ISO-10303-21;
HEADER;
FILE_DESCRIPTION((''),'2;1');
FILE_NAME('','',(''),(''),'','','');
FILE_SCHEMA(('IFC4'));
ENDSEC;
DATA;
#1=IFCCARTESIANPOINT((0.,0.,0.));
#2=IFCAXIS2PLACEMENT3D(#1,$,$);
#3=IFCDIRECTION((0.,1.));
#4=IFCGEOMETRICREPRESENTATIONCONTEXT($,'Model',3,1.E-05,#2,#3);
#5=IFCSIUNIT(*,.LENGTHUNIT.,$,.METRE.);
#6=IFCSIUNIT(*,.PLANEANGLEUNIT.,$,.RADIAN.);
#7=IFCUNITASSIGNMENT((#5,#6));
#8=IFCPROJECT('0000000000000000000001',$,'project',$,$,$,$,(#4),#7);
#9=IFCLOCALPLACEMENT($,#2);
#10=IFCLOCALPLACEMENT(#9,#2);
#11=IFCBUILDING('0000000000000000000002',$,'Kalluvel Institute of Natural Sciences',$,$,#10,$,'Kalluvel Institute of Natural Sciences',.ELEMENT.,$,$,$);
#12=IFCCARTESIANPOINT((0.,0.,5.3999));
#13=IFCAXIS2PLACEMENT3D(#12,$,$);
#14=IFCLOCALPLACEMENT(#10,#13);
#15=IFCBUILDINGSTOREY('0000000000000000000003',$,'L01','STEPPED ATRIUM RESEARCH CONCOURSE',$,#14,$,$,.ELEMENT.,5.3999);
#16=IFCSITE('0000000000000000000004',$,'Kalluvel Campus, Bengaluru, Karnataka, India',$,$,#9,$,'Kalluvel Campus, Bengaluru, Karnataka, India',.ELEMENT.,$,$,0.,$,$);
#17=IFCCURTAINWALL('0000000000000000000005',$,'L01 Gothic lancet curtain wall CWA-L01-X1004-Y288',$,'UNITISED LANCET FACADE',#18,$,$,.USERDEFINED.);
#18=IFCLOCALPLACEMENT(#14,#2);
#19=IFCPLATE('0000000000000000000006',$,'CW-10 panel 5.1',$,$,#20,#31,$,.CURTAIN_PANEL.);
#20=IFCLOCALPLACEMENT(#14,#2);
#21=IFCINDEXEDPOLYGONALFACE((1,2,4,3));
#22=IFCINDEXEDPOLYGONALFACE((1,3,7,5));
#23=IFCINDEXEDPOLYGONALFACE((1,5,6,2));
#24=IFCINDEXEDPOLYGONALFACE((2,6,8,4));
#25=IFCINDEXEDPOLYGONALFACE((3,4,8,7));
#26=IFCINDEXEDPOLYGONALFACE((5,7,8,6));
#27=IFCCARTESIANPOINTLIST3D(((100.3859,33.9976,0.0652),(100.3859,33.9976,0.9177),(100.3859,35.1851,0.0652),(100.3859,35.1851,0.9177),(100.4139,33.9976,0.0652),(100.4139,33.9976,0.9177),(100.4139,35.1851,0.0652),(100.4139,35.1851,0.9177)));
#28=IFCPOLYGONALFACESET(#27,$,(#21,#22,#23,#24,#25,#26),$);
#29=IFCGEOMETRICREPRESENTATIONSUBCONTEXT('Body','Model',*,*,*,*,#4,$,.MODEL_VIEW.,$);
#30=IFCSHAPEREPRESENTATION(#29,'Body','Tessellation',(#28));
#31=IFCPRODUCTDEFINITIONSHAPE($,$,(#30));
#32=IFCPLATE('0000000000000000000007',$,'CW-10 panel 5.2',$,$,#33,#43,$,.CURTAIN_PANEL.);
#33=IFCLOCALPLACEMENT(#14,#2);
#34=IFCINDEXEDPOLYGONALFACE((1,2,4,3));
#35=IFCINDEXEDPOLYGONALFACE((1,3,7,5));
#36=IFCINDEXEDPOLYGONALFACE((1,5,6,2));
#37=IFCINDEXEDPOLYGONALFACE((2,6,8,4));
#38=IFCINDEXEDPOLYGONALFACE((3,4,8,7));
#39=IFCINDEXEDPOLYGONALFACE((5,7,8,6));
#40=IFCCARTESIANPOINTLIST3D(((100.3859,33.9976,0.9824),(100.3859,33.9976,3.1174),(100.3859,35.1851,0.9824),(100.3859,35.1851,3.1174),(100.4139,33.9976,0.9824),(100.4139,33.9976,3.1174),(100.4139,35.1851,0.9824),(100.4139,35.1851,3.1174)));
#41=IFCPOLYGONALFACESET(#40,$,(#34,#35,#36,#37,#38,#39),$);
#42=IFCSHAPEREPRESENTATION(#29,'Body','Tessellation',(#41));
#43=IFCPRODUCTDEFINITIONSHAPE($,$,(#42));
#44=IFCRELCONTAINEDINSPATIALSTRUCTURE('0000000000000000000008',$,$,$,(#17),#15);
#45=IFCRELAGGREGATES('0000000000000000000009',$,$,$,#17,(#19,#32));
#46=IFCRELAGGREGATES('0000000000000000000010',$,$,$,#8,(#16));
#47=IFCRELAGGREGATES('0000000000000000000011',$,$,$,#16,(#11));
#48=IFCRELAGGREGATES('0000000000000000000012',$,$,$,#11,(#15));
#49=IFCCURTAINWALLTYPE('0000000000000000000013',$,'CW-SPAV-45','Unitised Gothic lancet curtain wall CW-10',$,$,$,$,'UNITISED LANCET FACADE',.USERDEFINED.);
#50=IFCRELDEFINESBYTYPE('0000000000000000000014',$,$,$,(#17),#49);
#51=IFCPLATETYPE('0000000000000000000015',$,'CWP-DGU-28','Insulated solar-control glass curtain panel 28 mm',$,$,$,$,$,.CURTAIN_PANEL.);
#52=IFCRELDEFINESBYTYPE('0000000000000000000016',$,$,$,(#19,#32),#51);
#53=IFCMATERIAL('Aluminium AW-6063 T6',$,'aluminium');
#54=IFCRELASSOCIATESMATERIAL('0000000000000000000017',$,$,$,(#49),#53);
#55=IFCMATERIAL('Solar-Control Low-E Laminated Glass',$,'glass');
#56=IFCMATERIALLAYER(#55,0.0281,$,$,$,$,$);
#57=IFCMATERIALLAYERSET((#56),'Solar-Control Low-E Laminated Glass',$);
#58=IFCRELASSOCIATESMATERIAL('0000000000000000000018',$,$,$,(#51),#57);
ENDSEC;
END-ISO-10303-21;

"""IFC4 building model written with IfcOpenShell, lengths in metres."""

from ifc_helpers import new_model, si_unit, direction, frame, origin, origin_2d, place, context, subcontext, project, spatial, rectangle, extrude, material, layer, layer_set, type_object, element, aggregate, save


model = new_model("IFC4")

# Units and contexts
model_context = context("Model", 3, precision=1e-05, world=origin(), true_north=direction((0.0, 1.0)))
body_context = subcontext(model_context, "Body", "Model", "MODEL_VIEW")
ifc_project = project(units=[si_unit("LENGTHUNIT", "METRE"), si_unit("PLANEANGLEUNIT", "RADIAN")], contexts=[model_context])

# Site, building, storey
site_placement = place(None, origin())
site = spatial("IfcSite", under=ifc_project, at=site_placement, Name="Kalluvel Campus, Bengaluru, Karnataka, India", LongName="Kalluvel Campus, Bengaluru, Karnataka, India", CompositionType="ELEMENT", RefElevation=0.0)
building_placement = place(site_placement, origin())
building = spatial("IfcBuilding", under=site, at=building_placement, Name="Kalluvel Institute of Natural Sciences", LongName="Kalluvel Institute of Natural Sciences", CompositionType="ELEMENT")
storey_placement = place(building_placement, frame((0.0, 0.0, 5.3999)))
storey = spatial("IfcBuildingStorey", under=building, at=storey_placement, Name="L01", Description="STEPPED ATRIUM RESEARCH CONCOURSE", CompositionType="ELEMENT", Elevation=5.3999)

# Curtain wall, plates
ifc_material_1 = material(Name="Aluminium AW-6063 T6", Category="aluminium")
curtain_wall_type = type_object("IfcCurtainWallType", Name="CW-SPAV-45", Description="Unitised Gothic lancet curtain wall CW-10", ElementType="UNITISED LANCET FACADE", PredefinedType="USERDEFINED", material=ifc_material_1)
curtain_wall_placement = place(storey_placement, origin())
curtain_wall = element("IfcCurtainWall", 1, at=curtain_wall_placement, inside=storey, type_object=curtain_wall_type, Name="L01 Gothic lancet curtain wall CWA-L01-X1004-Y288", ObjectType="UNITISED LANCET FACADE", PredefinedType="USERDEFINED")
ifc_material_2 = material(Name="Solar-Control Low-E Laminated Glass", Category="glass")
ifc_layer = layer(ifc_material_2, 0.0281)
ifc_layer_set = layer_set([ifc_layer], Name="Solar-Control Low-E Laminated Glass")
plate_type = type_object("IfcPlateType", Name="CWP-DGU-28", Description="Insulated solar-control glass curtain panel 28 mm", PredefinedType="CURTAIN_PANEL", material=ifc_layer_set)
plate_1_placement = place(storey_placement, frame((100.3999, 34.5913, 0.0652), z_axis=(0.0, 0.0, 1.0), x_axis=(0.0, 1.0, 0.0)))
plate_1 = element("IfcPlate", 2, at=plate_1_placement, type_object=plate_type, Name="CW-10 panel 5.1", PredefinedType="CURTAIN_PANEL", context=body_context, shape_type="SweptSolid", body=[
    extrude(rectangle(XDim=1.1875, YDim=0.0281, at=origin_2d()), origin(), (0.0, 0.0, 1.0), 0.8525),
])
plate_2_placement = place(storey_placement, frame((100.3999, 34.5913, 0.9824), z_axis=(0.0, 0.0, 1.0), x_axis=(0.0, 1.0, 0.0)))
plate_2 = element("IfcPlate", 3, at=plate_2_placement, type_object=plate_type, Name="CW-10 panel 5.2", PredefinedType="CURTAIN_PANEL", context=body_context, shape_type="SweptSolid", body=[
    extrude(rectangle(XDim=1.1875, YDim=0.0281, at=origin_2d()), origin(), (0.0, 0.0, 1.0), 2.135),
])
aggregate(curtain_wall, [plate_1, plate_2])

save(model, "model.ifc")
